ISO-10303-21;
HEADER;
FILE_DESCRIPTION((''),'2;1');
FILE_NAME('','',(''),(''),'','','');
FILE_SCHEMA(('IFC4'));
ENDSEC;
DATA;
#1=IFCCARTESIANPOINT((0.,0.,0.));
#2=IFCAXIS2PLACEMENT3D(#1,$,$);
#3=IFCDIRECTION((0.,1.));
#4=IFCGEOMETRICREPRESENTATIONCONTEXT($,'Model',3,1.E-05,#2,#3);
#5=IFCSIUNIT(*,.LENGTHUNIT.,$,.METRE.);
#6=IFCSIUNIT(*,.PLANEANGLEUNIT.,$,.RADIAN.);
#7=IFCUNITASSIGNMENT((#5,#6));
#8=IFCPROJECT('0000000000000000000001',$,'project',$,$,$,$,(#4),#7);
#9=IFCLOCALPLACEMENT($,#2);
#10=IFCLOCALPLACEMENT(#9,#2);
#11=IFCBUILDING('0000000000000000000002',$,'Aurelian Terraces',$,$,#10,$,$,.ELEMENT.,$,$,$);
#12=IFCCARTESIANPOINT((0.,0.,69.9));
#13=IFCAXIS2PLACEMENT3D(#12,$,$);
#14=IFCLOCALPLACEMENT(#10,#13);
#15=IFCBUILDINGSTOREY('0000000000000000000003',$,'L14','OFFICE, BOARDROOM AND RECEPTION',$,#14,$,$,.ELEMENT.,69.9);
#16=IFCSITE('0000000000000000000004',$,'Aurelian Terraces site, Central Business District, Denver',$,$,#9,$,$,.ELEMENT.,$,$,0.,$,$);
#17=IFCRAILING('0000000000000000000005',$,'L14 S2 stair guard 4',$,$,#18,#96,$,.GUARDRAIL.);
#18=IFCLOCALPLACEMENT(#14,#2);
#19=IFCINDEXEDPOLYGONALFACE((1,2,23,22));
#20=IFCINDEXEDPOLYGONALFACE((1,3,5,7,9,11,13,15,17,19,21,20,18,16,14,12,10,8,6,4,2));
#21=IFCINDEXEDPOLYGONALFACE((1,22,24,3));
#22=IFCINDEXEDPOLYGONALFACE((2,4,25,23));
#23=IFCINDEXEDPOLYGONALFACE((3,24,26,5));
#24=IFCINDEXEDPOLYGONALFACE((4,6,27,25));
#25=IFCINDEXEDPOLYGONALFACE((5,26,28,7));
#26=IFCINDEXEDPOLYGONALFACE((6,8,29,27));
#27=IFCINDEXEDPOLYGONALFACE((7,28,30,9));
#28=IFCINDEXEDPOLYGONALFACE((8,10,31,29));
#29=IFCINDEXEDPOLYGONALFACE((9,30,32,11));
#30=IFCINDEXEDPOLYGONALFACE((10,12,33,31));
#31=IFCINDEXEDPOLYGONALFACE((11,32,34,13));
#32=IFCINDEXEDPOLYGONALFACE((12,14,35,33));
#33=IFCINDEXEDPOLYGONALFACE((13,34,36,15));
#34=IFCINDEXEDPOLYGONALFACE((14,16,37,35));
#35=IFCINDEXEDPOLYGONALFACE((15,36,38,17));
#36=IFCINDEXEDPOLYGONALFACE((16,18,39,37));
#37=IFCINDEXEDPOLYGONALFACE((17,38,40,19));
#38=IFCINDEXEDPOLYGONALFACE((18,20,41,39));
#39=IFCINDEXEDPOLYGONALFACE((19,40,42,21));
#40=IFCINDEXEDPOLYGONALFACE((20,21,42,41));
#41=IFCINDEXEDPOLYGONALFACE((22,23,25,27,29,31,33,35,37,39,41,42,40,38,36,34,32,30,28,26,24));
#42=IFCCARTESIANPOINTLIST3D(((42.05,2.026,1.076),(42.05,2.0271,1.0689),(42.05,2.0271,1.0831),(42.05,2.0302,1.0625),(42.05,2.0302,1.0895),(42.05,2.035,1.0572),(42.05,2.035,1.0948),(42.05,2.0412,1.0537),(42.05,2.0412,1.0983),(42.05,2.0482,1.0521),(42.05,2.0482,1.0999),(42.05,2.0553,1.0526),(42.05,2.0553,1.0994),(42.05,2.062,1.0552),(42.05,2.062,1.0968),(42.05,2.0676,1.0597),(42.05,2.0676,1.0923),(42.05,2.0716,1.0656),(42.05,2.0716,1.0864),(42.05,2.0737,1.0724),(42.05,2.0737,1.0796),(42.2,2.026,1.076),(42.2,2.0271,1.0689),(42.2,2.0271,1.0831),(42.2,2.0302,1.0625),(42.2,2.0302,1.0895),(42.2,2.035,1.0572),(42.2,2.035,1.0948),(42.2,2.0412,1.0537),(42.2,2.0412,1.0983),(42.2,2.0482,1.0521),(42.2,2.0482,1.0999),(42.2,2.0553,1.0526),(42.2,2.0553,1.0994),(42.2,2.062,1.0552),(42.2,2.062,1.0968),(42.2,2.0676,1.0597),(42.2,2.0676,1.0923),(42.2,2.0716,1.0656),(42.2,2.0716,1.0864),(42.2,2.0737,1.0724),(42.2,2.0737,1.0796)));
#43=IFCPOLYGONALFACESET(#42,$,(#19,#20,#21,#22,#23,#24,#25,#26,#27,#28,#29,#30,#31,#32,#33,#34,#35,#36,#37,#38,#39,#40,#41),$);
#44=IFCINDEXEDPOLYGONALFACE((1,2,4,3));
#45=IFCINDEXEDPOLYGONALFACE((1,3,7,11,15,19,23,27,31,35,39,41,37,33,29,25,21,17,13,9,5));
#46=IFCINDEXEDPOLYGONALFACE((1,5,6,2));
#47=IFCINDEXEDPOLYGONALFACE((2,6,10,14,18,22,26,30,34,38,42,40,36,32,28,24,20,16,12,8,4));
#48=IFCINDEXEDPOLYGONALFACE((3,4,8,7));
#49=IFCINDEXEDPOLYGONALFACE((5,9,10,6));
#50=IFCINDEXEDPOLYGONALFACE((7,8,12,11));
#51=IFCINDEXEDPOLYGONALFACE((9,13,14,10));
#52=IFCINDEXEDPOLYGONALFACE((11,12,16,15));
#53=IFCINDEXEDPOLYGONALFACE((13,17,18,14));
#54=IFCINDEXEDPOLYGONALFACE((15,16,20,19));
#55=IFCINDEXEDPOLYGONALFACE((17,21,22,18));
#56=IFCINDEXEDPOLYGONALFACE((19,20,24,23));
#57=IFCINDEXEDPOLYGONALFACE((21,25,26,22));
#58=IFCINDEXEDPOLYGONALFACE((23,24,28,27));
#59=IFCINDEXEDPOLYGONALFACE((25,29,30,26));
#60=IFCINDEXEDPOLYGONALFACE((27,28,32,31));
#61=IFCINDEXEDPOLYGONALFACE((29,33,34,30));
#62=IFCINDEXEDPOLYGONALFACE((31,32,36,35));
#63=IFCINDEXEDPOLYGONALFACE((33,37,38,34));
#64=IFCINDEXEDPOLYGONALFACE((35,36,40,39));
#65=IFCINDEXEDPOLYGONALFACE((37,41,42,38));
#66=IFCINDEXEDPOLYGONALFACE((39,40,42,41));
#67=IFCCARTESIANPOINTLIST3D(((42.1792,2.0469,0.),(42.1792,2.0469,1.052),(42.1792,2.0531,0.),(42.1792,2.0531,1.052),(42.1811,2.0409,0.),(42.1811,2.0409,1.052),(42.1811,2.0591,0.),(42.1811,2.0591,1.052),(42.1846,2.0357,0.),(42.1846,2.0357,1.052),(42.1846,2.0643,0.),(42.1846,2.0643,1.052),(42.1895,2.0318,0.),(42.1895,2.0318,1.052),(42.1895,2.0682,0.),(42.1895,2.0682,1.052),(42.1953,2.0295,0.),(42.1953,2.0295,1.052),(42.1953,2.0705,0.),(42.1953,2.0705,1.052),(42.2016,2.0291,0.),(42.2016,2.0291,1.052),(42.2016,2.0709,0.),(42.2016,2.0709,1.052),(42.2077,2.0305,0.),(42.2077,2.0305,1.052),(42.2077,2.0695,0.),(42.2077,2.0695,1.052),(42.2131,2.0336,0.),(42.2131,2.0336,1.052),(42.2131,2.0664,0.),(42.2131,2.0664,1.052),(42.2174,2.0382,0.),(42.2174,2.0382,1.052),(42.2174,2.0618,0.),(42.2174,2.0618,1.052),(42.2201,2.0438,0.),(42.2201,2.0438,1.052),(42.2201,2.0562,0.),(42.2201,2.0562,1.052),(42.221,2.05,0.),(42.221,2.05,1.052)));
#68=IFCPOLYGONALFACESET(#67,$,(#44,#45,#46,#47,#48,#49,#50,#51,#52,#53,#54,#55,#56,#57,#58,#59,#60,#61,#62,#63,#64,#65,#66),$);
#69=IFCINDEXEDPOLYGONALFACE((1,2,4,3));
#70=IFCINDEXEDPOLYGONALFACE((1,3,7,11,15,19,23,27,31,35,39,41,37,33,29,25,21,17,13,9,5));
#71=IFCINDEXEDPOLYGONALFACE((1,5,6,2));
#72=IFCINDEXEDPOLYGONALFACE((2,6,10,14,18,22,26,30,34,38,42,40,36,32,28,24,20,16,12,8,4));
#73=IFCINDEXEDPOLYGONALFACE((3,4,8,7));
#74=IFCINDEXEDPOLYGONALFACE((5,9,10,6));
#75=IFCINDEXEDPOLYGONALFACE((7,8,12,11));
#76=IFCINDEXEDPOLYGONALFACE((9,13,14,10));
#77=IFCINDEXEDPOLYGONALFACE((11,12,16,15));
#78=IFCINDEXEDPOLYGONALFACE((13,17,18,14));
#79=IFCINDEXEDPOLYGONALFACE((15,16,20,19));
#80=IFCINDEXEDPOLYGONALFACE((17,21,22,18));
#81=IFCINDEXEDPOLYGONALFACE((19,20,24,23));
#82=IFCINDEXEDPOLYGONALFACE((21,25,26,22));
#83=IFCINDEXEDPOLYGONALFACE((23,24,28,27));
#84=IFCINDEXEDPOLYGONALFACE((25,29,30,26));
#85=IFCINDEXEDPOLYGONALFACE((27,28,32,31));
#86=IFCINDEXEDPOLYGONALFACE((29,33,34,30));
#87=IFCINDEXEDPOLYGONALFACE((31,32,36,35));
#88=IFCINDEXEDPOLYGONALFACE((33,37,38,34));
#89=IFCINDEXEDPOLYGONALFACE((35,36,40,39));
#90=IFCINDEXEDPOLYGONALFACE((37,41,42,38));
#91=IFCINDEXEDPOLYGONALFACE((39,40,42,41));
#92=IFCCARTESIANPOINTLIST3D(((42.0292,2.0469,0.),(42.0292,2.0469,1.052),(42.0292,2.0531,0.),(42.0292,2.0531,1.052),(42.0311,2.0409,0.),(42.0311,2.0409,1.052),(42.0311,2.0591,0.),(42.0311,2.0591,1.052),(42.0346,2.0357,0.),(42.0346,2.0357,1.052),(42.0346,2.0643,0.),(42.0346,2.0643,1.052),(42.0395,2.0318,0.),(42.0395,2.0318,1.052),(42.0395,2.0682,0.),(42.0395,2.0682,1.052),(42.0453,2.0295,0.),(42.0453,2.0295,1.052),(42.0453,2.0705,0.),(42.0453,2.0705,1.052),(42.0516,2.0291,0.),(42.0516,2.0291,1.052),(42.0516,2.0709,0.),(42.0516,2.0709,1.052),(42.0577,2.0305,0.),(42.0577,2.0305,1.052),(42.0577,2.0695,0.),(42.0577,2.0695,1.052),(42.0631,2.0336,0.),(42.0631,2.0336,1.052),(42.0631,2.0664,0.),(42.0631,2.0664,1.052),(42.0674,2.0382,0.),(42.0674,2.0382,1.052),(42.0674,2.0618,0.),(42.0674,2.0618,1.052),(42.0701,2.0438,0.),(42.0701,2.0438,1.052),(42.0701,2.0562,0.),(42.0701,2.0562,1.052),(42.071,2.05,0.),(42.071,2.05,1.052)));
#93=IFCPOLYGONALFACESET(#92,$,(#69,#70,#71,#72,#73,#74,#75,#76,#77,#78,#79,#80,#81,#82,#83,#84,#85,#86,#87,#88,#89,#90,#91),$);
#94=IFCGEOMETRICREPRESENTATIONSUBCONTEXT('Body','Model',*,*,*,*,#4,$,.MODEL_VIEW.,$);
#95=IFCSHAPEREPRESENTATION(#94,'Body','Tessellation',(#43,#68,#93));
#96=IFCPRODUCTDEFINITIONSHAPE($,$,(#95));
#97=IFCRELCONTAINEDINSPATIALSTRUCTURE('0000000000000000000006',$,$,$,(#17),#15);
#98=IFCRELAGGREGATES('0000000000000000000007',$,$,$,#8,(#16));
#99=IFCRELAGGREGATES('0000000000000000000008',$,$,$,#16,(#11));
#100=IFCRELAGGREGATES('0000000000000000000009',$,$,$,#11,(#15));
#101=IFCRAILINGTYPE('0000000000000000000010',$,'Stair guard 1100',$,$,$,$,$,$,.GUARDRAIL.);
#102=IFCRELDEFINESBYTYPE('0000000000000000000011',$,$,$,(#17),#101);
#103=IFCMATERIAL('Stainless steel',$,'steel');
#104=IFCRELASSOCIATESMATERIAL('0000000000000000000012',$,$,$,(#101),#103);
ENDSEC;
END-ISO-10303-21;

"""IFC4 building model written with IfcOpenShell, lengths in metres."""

from ifc_helpers import new_model, si_unit, direction, frame, origin, origin_2d, place, context, subcontext, project, spatial, circle, extrude, source, transform, mapped, material, type_object, element, save


model = new_model("IFC4")

# Units and contexts
model_context = context("Model", 3, precision=1e-05, world=origin(), true_north=direction((0.0, 1.0)))
body_context = subcontext(model_context, "Body", "Model", "MODEL_VIEW")
ifc_project = project(units=[si_unit("LENGTHUNIT", "METRE"), si_unit("PLANEANGLEUNIT", "RADIAN")], contexts=[model_context])

# Site, building, storey
site_placement = place(None, origin())
site = spatial("IfcSite", under=ifc_project, at=site_placement, Name="Aurelian Terraces site, Central Business District, Denver", CompositionType="ELEMENT", RefElevation=0.0)
building_placement = place(site_placement, origin())
building = spatial("IfcBuilding", under=site, at=building_placement, Name="Aurelian Terraces", CompositionType="ELEMENT")
storey_placement = place(building_placement, frame((0.0, 0.0, 69.9)))
storey = spatial("IfcBuildingStorey", under=building, at=storey_placement, Name="L14", Description="OFFICE, BOARDROOM AND RECEPTION", CompositionType="ELEMENT", Elevation=69.9)

# Railing
ifc_material_1 = material(Name="Stainless steel", Category="steel")
railing_type_1 = type_object("IfcRailingType", Name="Stair guard 1100", PredefinedType="GUARDRAIL", material=ifc_material_1)
shared_shape_1 = source(origin(), body_context, "Body", "SweptSolid", [
    extrude(circle(Radius=0.024, at=origin_2d()), frame((0.0, 0.0, 1.076), z_axis=(-1.0, 0.0, 0.0), x_axis=(0.0, -1.0, 0.0)), (0.0, 0.0, 1.0), 0.15),
    extrude(circle(Radius=0.021, at=origin_2d()), origin(), (0.0, 0.0, 1.0), 1.052),
    extrude(circle(Radius=0.021, at=origin_2d()), frame((-0.15, 0.0, 0.0)), (0.0, 0.0, 1.0), 1.052),
])
for number, where, name in (
    (1, (42.2, 2.05, 0.0), "L14 S2 stair guard 4"),
):
    element("IfcRailing", number, at=place(storey_placement, frame(where)), inside=storey, type_object=railing_type_1, Name=name, PredefinedType="GUARDRAIL", context=body_context, shape_type="MappedRepresentation", body=[
        mapped(shared_shape_1, transform((0.0, 0.0, 0.0), scale=1.0)),
    ])

save(model, "model.ifc")
